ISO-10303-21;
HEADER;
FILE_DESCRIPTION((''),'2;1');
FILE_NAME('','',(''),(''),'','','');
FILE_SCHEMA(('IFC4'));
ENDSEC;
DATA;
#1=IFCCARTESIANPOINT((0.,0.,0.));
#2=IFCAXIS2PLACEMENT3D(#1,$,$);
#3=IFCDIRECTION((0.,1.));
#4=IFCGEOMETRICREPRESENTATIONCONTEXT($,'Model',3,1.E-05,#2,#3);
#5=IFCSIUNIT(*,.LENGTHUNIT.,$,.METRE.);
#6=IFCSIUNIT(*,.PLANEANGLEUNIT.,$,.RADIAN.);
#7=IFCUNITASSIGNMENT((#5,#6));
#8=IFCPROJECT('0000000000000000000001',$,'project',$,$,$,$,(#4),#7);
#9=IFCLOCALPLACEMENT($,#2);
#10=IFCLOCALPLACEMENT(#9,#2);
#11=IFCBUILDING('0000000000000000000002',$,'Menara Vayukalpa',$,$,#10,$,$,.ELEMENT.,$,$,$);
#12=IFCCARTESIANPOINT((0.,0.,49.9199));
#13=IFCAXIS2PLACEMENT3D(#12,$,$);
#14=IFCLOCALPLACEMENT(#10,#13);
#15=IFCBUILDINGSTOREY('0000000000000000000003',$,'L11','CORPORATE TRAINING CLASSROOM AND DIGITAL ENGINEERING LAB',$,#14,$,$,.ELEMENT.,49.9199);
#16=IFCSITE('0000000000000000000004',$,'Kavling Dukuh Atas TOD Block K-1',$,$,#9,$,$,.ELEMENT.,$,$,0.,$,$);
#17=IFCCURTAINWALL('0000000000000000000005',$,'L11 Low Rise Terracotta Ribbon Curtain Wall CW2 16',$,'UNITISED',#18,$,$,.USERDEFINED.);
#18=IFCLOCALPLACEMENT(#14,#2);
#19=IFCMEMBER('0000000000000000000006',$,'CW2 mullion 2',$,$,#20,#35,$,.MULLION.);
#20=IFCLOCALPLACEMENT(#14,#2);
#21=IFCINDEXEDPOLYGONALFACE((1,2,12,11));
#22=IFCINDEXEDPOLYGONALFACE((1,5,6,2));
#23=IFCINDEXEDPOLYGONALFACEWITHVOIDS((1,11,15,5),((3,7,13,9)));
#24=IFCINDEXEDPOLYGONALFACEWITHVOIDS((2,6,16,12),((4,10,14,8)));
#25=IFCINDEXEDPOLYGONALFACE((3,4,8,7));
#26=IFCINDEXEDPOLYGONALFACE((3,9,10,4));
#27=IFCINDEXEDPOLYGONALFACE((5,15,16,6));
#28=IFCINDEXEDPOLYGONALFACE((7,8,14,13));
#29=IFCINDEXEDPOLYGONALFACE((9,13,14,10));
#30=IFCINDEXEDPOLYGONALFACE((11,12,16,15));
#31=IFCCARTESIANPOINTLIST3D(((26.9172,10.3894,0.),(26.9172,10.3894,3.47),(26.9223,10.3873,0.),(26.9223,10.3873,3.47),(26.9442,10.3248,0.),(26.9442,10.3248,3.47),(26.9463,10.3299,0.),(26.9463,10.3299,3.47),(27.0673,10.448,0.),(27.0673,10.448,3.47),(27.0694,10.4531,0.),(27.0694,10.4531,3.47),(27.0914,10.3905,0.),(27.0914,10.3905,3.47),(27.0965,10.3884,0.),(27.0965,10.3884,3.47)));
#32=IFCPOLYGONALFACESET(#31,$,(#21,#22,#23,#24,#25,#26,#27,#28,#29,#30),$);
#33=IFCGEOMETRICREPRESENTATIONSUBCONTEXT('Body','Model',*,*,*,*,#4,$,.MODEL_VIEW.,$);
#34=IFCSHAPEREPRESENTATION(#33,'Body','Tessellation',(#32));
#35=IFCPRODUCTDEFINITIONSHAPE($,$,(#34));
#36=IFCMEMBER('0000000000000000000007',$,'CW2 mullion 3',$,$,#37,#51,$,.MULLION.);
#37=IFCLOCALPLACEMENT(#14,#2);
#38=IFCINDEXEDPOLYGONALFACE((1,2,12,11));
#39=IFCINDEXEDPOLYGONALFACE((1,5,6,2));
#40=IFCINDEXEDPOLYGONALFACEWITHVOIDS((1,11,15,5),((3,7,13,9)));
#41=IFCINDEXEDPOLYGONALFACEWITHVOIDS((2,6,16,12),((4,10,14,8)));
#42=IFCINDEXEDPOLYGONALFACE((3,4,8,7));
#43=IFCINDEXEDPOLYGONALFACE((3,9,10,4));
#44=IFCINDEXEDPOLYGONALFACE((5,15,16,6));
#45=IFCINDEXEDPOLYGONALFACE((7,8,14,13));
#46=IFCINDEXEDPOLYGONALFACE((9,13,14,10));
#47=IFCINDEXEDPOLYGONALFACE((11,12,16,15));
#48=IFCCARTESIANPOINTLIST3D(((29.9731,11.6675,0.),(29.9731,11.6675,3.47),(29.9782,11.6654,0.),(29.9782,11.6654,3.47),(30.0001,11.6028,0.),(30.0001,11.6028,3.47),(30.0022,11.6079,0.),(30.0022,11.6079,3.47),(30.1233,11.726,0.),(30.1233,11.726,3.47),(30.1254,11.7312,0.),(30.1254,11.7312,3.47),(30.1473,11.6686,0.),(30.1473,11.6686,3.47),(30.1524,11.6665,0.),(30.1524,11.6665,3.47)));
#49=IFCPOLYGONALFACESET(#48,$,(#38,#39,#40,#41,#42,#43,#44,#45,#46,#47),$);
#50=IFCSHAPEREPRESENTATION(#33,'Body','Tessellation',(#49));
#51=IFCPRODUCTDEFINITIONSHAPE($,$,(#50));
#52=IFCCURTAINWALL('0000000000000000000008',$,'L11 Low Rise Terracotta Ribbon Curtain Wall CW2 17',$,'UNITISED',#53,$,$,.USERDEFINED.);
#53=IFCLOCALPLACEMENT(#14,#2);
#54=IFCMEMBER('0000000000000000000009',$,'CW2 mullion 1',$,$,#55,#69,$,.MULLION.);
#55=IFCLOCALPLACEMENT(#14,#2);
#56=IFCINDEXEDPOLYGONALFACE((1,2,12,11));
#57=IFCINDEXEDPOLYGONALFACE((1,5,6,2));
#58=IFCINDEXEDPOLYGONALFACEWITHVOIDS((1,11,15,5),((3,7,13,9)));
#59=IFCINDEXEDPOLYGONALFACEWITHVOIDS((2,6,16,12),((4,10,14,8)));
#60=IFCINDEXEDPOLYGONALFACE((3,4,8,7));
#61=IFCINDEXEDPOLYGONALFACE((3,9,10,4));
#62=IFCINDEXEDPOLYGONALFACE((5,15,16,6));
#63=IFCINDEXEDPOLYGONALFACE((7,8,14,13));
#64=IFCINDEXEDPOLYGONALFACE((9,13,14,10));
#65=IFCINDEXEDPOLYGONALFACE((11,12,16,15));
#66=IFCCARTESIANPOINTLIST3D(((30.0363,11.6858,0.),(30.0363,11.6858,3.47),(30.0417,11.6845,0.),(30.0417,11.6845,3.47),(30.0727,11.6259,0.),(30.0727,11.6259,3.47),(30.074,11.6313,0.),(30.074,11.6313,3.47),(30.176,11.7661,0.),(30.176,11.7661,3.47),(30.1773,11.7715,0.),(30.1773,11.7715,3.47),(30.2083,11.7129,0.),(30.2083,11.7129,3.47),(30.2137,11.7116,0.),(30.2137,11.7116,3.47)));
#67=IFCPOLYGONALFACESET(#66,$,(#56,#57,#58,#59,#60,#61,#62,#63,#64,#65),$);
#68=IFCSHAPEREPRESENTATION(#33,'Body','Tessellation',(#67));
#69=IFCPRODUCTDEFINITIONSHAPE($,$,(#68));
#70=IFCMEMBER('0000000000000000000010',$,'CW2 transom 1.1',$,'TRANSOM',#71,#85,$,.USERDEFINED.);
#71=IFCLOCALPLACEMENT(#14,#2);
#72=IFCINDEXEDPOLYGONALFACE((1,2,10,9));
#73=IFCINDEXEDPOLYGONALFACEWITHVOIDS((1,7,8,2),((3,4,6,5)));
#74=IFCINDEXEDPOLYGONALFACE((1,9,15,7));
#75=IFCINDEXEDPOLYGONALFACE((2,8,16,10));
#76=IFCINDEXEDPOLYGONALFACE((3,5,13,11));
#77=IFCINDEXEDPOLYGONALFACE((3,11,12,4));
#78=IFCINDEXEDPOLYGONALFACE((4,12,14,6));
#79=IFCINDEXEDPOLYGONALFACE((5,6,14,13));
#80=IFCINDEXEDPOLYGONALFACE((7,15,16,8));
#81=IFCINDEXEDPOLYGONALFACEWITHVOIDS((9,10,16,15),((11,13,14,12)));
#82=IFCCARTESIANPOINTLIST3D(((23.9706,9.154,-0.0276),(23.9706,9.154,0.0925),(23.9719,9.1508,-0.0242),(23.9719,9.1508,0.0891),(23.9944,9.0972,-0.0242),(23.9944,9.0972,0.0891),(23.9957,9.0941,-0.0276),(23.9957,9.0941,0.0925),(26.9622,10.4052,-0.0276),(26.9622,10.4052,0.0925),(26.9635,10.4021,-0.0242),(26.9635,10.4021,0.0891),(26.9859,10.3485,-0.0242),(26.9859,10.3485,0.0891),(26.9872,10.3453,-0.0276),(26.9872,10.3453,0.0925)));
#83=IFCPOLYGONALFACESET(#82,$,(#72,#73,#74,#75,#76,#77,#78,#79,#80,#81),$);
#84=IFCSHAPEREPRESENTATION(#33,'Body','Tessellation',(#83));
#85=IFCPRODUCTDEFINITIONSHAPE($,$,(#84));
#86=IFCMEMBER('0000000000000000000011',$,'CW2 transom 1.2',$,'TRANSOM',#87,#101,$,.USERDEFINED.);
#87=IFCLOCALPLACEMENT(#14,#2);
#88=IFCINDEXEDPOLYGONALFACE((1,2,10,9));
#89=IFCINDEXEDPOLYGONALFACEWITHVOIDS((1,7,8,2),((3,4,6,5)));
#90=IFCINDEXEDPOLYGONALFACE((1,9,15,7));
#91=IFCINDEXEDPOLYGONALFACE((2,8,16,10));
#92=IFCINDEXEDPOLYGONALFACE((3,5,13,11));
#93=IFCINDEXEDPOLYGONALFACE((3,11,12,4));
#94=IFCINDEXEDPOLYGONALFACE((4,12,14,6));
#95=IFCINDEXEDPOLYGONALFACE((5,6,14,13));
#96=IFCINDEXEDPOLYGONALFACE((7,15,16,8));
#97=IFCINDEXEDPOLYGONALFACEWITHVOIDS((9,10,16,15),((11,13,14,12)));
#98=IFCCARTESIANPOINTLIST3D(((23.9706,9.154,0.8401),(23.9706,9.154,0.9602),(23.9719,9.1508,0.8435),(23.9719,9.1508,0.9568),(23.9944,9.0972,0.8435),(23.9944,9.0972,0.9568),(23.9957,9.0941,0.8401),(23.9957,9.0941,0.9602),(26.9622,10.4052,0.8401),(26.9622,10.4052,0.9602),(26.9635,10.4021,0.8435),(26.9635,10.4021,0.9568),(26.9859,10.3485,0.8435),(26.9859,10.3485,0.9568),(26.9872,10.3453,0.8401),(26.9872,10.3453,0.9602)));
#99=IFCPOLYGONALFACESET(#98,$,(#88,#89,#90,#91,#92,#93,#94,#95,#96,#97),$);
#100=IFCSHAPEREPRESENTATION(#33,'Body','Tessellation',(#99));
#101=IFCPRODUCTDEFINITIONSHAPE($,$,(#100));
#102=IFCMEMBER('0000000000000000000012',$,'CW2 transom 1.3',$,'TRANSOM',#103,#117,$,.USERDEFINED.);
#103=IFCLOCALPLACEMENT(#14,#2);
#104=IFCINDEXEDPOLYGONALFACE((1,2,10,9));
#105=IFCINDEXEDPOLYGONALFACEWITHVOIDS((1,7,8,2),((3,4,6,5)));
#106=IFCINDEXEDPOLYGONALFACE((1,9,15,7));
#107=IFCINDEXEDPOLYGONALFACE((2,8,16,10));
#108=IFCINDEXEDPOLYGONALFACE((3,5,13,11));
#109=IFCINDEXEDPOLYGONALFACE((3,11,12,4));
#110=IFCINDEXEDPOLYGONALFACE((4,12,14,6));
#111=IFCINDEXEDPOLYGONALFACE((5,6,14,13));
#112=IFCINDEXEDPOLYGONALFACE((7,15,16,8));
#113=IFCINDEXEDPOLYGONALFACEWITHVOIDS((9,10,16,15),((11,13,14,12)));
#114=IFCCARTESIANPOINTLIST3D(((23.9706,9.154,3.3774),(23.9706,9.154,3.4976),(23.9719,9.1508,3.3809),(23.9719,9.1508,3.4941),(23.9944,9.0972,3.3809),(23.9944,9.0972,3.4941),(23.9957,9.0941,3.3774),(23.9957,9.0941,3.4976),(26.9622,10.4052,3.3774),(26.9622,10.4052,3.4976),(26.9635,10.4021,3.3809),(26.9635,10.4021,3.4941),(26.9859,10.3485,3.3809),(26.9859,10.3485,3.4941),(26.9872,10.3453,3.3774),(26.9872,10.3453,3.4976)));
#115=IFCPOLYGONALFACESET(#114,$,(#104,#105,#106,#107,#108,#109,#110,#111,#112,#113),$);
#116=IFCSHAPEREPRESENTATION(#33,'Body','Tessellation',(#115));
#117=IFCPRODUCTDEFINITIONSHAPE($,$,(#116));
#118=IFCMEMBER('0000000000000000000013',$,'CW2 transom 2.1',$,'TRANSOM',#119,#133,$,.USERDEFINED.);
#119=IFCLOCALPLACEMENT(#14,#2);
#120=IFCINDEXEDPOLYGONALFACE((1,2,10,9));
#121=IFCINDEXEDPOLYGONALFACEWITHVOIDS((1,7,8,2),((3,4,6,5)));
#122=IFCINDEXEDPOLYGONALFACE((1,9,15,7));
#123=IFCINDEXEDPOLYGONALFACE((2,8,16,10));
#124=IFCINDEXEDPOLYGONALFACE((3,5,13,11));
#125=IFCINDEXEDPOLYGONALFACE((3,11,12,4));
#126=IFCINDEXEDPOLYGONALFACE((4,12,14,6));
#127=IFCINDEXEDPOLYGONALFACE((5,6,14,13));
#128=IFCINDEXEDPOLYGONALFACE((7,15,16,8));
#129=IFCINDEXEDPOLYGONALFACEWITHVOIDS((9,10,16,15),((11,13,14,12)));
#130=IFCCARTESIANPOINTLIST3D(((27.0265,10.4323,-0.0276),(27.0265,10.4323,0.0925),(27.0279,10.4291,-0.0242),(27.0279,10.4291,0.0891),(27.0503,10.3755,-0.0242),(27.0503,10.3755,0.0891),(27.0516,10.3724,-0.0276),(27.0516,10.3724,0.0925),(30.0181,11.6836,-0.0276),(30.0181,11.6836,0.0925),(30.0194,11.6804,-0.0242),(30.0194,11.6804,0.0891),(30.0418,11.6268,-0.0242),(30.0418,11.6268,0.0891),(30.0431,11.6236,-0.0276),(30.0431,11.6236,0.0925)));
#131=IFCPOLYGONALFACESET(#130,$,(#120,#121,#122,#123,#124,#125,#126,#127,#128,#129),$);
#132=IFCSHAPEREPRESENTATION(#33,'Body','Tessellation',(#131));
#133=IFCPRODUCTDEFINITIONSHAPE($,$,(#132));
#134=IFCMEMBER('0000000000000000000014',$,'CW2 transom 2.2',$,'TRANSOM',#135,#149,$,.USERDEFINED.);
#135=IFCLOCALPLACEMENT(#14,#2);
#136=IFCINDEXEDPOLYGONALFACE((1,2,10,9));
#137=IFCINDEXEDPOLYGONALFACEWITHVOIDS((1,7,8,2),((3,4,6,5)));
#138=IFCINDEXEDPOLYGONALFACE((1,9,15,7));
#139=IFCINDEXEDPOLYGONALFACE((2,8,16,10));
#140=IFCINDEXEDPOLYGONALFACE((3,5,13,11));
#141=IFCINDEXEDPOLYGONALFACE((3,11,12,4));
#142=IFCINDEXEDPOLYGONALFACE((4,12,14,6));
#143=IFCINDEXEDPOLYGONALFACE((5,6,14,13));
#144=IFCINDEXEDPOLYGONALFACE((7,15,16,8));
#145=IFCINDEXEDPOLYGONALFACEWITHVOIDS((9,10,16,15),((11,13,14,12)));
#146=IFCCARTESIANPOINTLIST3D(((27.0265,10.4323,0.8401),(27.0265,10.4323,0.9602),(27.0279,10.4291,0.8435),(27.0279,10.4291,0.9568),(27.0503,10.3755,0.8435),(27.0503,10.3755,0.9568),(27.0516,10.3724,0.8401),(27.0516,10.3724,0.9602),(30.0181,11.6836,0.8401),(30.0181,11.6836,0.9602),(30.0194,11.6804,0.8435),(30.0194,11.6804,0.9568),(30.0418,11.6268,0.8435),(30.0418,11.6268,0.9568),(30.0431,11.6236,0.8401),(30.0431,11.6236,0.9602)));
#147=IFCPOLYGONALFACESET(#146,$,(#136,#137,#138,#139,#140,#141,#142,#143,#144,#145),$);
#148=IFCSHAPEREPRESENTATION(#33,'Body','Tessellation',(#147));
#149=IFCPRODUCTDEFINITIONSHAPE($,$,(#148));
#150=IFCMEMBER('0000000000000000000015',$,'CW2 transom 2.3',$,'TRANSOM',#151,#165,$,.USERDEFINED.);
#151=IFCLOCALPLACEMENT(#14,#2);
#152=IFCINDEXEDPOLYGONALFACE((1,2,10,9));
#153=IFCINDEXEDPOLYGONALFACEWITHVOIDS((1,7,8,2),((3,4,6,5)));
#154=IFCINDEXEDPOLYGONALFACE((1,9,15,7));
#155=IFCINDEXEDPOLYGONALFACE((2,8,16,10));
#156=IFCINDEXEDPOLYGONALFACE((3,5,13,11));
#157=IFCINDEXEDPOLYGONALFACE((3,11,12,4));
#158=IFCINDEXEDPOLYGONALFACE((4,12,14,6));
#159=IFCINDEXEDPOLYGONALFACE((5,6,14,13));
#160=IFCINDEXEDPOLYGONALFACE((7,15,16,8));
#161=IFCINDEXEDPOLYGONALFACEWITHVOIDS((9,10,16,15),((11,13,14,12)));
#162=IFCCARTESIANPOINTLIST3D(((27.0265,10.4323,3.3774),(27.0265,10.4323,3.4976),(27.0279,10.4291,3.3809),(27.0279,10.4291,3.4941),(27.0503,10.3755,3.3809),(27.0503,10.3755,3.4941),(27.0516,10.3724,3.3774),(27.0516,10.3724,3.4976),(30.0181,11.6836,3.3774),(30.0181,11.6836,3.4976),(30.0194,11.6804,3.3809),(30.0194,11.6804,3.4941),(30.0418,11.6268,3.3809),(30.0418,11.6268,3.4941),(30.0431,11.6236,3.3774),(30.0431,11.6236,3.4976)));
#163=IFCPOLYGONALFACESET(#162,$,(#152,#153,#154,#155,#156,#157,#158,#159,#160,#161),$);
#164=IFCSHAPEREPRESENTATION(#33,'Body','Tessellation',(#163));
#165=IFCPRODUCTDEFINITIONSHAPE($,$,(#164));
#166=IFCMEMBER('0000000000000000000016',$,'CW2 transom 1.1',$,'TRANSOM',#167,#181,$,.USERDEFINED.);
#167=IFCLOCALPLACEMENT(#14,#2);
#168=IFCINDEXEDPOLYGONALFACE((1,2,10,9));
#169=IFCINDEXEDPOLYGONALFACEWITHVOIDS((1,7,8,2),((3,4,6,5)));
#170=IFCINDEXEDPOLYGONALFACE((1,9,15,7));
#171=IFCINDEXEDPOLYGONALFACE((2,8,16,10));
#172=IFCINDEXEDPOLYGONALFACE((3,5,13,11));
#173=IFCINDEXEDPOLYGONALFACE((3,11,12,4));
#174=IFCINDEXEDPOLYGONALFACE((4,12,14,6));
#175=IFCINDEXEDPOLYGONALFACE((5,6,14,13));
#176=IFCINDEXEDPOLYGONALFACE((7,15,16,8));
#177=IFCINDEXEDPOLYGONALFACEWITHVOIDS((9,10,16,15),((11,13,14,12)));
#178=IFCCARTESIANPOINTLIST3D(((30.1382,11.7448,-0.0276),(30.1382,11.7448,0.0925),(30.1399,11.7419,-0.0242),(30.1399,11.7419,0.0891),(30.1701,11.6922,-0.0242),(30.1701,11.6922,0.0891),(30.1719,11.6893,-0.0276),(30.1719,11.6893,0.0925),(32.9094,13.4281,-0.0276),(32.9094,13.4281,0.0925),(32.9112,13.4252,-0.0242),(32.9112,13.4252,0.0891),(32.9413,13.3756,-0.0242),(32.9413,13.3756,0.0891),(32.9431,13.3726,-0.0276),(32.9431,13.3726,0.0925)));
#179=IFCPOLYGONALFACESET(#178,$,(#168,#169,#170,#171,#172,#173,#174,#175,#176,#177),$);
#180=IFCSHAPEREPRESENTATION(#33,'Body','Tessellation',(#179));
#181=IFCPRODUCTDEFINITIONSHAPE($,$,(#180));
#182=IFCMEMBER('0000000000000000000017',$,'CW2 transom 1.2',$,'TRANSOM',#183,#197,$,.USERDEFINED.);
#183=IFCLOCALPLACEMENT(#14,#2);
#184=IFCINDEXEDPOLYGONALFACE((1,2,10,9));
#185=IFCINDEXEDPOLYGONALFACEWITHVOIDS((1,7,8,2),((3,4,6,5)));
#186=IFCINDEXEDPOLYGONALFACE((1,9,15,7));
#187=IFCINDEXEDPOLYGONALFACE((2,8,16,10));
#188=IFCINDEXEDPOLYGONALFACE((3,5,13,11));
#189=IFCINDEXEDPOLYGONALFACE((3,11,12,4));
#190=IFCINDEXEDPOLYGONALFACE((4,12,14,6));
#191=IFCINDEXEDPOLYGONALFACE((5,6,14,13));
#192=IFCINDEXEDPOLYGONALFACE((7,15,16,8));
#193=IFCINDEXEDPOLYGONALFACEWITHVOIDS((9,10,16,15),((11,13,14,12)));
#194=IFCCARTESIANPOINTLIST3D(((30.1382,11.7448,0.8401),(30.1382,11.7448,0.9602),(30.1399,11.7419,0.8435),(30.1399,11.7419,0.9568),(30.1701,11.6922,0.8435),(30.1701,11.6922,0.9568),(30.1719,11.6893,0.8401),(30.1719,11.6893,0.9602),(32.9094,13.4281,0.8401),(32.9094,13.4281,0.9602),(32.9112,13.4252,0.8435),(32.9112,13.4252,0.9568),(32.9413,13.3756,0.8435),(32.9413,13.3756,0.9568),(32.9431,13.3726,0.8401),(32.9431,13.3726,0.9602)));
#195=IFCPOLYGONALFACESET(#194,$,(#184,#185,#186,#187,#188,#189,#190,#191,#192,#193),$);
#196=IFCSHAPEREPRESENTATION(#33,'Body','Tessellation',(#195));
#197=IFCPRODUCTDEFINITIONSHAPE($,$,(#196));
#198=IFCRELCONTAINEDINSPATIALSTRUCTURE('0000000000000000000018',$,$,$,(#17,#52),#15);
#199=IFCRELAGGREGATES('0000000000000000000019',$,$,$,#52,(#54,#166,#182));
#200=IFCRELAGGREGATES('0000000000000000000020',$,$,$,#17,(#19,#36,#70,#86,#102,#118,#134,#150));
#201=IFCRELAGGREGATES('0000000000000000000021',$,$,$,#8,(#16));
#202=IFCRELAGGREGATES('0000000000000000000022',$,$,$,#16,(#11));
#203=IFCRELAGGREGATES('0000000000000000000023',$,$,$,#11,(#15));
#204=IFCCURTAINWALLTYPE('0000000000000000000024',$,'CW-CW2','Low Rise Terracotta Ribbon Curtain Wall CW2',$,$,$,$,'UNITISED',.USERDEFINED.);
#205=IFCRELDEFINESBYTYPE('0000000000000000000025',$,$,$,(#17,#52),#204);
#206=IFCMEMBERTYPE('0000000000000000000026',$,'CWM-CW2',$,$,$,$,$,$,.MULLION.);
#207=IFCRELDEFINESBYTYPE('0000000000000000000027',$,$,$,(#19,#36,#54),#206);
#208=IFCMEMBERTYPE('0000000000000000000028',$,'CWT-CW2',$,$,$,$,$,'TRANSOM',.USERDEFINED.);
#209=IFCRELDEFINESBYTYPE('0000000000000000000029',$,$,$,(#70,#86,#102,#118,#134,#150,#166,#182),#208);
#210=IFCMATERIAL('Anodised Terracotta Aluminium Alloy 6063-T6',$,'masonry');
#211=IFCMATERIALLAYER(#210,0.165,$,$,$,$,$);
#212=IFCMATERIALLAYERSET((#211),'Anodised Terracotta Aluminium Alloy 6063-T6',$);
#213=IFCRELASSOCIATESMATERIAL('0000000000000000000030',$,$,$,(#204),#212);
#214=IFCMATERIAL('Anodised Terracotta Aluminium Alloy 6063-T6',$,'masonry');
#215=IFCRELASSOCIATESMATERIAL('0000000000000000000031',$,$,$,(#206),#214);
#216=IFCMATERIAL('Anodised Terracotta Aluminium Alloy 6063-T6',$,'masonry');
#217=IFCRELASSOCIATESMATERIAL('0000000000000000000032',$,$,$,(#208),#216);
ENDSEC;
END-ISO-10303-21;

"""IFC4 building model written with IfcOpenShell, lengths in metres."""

from ifc_helpers import new_model, si_unit, direction, frame, origin, origin_2d, place, context, subcontext, project, spatial, hollow_rectangle, extrude, material, layer, layer_set, material_profile, profile_set, type_object, element, aggregate, save


model = new_model("IFC4")

# Units and contexts
model_context = context("Model", 3, precision=1e-05, world=origin(), true_north=direction((0.0, 1.0)))
body_context = subcontext(model_context, "Body", "Model", "MODEL_VIEW")
ifc_project = project(units=[si_unit("LENGTHUNIT", "METRE"), si_unit("PLANEANGLEUNIT", "RADIAN")], contexts=[model_context])

# Site, building, storey
site_placement = place(None, origin())
site = spatial("IfcSite", under=ifc_project, at=site_placement, Name="Kavling Dukuh Atas TOD Block K-1", CompositionType="ELEMENT", RefElevation=0.0)
building_placement = place(site_placement, origin())
building = spatial("IfcBuilding", under=site, at=building_placement, Name="Menara Vayukalpa", CompositionType="ELEMENT")
storey_placement = place(building_placement, frame((0.0, 0.0, 49.9199)))
storey = spatial("IfcBuildingStorey", under=building, at=storey_placement, Name="L11", Description="CORPORATE TRAINING CLASSROOM AND DIGITAL ENGINEERING LAB", CompositionType="ELEMENT", Elevation=49.9199)

# Curtain wall, members
ifc_material_1 = material(Name="Anodised Terracotta Aluminium Alloy 6063-T6", Category="masonry")
ifc_layer_1 = layer(ifc_material_1, 0.165)
ifc_layer_set_1 = layer_set([ifc_layer_1], Name="Anodised Terracotta Aluminium Alloy 6063-T6")
curtain_wall_type = type_object("IfcCurtainWallType", Name="CW-CW2", Description="Low Rise Terracotta Ribbon Curtain Wall CW2", ElementType="UNITISED", PredefinedType="USERDEFINED", material=ifc_layer_set_1)
curtain_wall_1_placement = place(storey_placement, origin())
curtain_wall_1 = element("IfcCurtainWall", 1, at=curtain_wall_1_placement, inside=storey, type_object=curtain_wall_type, Name="L11 Low Rise Terracotta Ribbon Curtain Wall CW2 16", ObjectType="UNITISED", PredefinedType="USERDEFINED")
ifc_material_2 = material(Name="Anodised Terracotta Aluminium Alloy 6063-T6", Category="masonry")
ifc_material_profile_1 = material_profile(ifc_material_2, hollow_rectangle(XDim=0.0701, YDim=0.165, WallThickness=0.0039, at=origin_2d()), Name="ALU 70x165x4")
ifc_profile_set_1 = profile_set([ifc_material_profile_1], Name="Anodised Terracotta Aluminium Alloy 6063-T6")
member_type_1 = type_object("IfcMemberType", Name="CWM-CW2", PredefinedType="MULLION", material=ifc_profile_set_1)
member_1_placement = place(storey_placement, frame((27.0068, 10.3889, 0.0), z_axis=(0.0, 0.0, 1.0), x_axis=(-0.385895, 0.922543, 0.0)))
member_1 = element("IfcMember", 2, at=member_1_placement, type_object=member_type_1, Name="CW2 mullion 2", PredefinedType="MULLION", context=body_context, shape_type="SweptSolid", body=[
    extrude(hollow_rectangle(XDim=0.0701, YDim=0.165, WallThickness=0.0039, at=origin_2d()), origin(), (0.0, 0.0, 1.0), 3.47),
])
member_2_placement = place(storey_placement, frame((30.0627, 11.667, 0.0), z_axis=(0.0, 0.0, 1.0), x_axis=(-0.385895, 0.922543, 0.0)))
member_2 = element("IfcMember", 3, at=member_2_placement, type_object=member_type_1, Name="CW2 mullion 3", PredefinedType="MULLION", context=body_context, shape_type="SweptSolid", body=[
    extrude(hollow_rectangle(XDim=0.0701, YDim=0.165, WallThickness=0.0039, at=origin_2d()), origin(), (0.0, 0.0, 1.0), 3.47),
])

# Curtain wall, member
curtain_wall_2_placement = place(storey_placement, origin())
curtain_wall_2 = element("IfcCurtainWall", 4, at=curtain_wall_2_placement, inside=storey, type_object=curtain_wall_type, Name="L11 Low Rise Terracotta Ribbon Curtain Wall CW2 17", ObjectType="UNITISED", PredefinedType="USERDEFINED")
member_3_placement = place(storey_placement, frame((30.125, 11.6987, 0.0), z_axis=(0.0, 0.0, 1.0), x_axis=(-0.519182, 0.854664, 0.0)))
member_3 = element("IfcMember", 5, at=member_3_placement, type_object=member_type_1, Name="CW2 mullion 1", PredefinedType="MULLION", context=body_context, shape_type="SweptSolid", body=[
    extrude(hollow_rectangle(XDim=0.0701, YDim=0.165, WallThickness=0.0039, at=origin_2d()), origin(), (0.0, 0.0, 1.0), 3.47),
])

# Members
ifc_material_3 = material(Name="Anodised Terracotta Aluminium Alloy 6063-T6", Category="masonry")
ifc_material_profile_2 = material_profile(ifc_material_3, hollow_rectangle(XDim=0.0649, YDim=0.1201, WallThickness=0.0034, at=origin_2d()), Name="ALU 65x120x3.5")
ifc_profile_set_2 = profile_set([ifc_material_profile_2], Name="Anodised Terracotta Aluminium Alloy 6063-T6")
member_type_2 = type_object("IfcMemberType", Name="CWT-CW2", ElementType="TRANSOM", PredefinedType="USERDEFINED", material=ifc_profile_set_2)
member_4_placement = place(storey_placement, frame((23.9832, 9.124, 0.0325), z_axis=(0.922553, 0.385871, 0.0), x_axis=(-0.385871, 0.922553, 0.0)))
member_4 = element("IfcMember", 6, at=member_4_placement, type_object=member_type_2, Name="CW2 transom 1.1", ObjectType="TRANSOM", PredefinedType="USERDEFINED", context=body_context, shape_type="SweptSolid", body=[
    extrude(hollow_rectangle(XDim=0.0649, YDim=0.1201, WallThickness=0.0034, at=origin_2d()), origin(), (0.0, 0.0, 1.0), 3.2427),
])
member_5_placement = place(storey_placement, frame((23.9832, 9.124, 0.9001), z_axis=(0.922553, 0.385871, 0.0), x_axis=(-0.385871, 0.922553, 0.0)))
member_5 = element("IfcMember", 7, at=member_5_placement, type_object=member_type_2, Name="CW2 transom 1.2", ObjectType="TRANSOM", PredefinedType="USERDEFINED", context=body_context, shape_type="SweptSolid", body=[
    extrude(hollow_rectangle(XDim=0.0649, YDim=0.1201, WallThickness=0.0034, at=origin_2d()), origin(), (0.0, 0.0, 1.0), 3.2427),
])
member_6_placement = place(storey_placement, frame((23.9832, 9.124, 3.4375), z_axis=(0.922553, 0.385871, 0.0), x_axis=(-0.385871, 0.922553, 0.0)))
member_6 = element("IfcMember", 8, at=member_6_placement, type_object=member_type_2, Name="CW2 transom 1.3", ObjectType="TRANSOM", PredefinedType="USERDEFINED", context=body_context, shape_type="SweptSolid", body=[
    extrude(hollow_rectangle(XDim=0.0649, YDim=0.1201, WallThickness=0.0034, at=origin_2d()), origin(), (0.0, 0.0, 1.0), 3.2427),
])
member_7_placement = place(storey_placement, frame((27.0391, 10.4023, 0.0325), z_axis=(0.922553, 0.385871, 0.0), x_axis=(-0.385871, 0.922553, 0.0)))
member_7 = element("IfcMember", 9, at=member_7_placement, type_object=member_type_2, Name="CW2 transom 2.1", ObjectType="TRANSOM", PredefinedType="USERDEFINED", context=body_context, shape_type="SweptSolid", body=[
    extrude(hollow_rectangle(XDim=0.0649, YDim=0.1201, WallThickness=0.0034, at=origin_2d()), origin(), (0.0, 0.0, 1.0), 3.2427),
])
member_8_placement = place(storey_placement, frame((27.0391, 10.4023, 0.9001), z_axis=(0.922553, 0.385871, 0.0), x_axis=(-0.385871, 0.922553, 0.0)))
member_8 = element("IfcMember", 10, at=member_8_placement, type_object=member_type_2, Name="CW2 transom 2.2", ObjectType="TRANSOM", PredefinedType="USERDEFINED", context=body_context, shape_type="SweptSolid", body=[
    extrude(hollow_rectangle(XDim=0.0649, YDim=0.1201, WallThickness=0.0034, at=origin_2d()), origin(), (0.0, 0.0, 1.0), 3.2427),
])
member_9_placement = place(storey_placement, frame((27.0391, 10.4023, 3.4375), z_axis=(0.922553, 0.385871, 0.0), x_axis=(-0.385871, 0.922553, 0.0)))
member_9 = element("IfcMember", 11, at=member_9_placement, type_object=member_type_2, Name="CW2 transom 2.3", ObjectType="TRANSOM", PredefinedType="USERDEFINED", context=body_context, shape_type="SweptSolid", body=[
    extrude(hollow_rectangle(XDim=0.0649, YDim=0.1201, WallThickness=0.0034, at=origin_2d()), origin(), (0.0, 0.0, 1.0), 3.2427),
])
member_10_placement = place(storey_placement, frame((30.155, 11.717, 0.0325), z_axis=(0.854677, 0.519161, 0.0), x_axis=(-0.519161, 0.854677, 0.0)))
member_10 = element("IfcMember", 12, at=member_10_placement, type_object=member_type_2, Name="CW2 transom 1.1", ObjectType="TRANSOM", PredefinedType="USERDEFINED", context=body_context, shape_type="SweptSolid", body=[
    extrude(hollow_rectangle(XDim=0.0649, YDim=0.1201, WallThickness=0.0034, at=origin_2d()), origin(), (0.0, 0.0, 1.0), 3.2424),
])
member_11_placement = place(storey_placement, frame((30.155, 11.717, 0.9001), z_axis=(0.854677, 0.519161, 0.0), x_axis=(-0.519161, 0.854677, 0.0)))
member_11 = element("IfcMember", 13, at=member_11_placement, type_object=member_type_2, Name="CW2 transom 1.2", ObjectType="TRANSOM", PredefinedType="USERDEFINED", context=body_context, shape_type="SweptSolid", body=[
    extrude(hollow_rectangle(XDim=0.0649, YDim=0.1201, WallThickness=0.0034, at=origin_2d()), origin(), (0.0, 0.0, 1.0), 3.2424),
])
aggregate(curtain_wall_2, [member_3, member_10, member_11])

aggregate(curtain_wall_1, [member_1, member_2, member_4, member_5, member_6, member_7, member_8, member_9])

save(model, "model.ifc")
